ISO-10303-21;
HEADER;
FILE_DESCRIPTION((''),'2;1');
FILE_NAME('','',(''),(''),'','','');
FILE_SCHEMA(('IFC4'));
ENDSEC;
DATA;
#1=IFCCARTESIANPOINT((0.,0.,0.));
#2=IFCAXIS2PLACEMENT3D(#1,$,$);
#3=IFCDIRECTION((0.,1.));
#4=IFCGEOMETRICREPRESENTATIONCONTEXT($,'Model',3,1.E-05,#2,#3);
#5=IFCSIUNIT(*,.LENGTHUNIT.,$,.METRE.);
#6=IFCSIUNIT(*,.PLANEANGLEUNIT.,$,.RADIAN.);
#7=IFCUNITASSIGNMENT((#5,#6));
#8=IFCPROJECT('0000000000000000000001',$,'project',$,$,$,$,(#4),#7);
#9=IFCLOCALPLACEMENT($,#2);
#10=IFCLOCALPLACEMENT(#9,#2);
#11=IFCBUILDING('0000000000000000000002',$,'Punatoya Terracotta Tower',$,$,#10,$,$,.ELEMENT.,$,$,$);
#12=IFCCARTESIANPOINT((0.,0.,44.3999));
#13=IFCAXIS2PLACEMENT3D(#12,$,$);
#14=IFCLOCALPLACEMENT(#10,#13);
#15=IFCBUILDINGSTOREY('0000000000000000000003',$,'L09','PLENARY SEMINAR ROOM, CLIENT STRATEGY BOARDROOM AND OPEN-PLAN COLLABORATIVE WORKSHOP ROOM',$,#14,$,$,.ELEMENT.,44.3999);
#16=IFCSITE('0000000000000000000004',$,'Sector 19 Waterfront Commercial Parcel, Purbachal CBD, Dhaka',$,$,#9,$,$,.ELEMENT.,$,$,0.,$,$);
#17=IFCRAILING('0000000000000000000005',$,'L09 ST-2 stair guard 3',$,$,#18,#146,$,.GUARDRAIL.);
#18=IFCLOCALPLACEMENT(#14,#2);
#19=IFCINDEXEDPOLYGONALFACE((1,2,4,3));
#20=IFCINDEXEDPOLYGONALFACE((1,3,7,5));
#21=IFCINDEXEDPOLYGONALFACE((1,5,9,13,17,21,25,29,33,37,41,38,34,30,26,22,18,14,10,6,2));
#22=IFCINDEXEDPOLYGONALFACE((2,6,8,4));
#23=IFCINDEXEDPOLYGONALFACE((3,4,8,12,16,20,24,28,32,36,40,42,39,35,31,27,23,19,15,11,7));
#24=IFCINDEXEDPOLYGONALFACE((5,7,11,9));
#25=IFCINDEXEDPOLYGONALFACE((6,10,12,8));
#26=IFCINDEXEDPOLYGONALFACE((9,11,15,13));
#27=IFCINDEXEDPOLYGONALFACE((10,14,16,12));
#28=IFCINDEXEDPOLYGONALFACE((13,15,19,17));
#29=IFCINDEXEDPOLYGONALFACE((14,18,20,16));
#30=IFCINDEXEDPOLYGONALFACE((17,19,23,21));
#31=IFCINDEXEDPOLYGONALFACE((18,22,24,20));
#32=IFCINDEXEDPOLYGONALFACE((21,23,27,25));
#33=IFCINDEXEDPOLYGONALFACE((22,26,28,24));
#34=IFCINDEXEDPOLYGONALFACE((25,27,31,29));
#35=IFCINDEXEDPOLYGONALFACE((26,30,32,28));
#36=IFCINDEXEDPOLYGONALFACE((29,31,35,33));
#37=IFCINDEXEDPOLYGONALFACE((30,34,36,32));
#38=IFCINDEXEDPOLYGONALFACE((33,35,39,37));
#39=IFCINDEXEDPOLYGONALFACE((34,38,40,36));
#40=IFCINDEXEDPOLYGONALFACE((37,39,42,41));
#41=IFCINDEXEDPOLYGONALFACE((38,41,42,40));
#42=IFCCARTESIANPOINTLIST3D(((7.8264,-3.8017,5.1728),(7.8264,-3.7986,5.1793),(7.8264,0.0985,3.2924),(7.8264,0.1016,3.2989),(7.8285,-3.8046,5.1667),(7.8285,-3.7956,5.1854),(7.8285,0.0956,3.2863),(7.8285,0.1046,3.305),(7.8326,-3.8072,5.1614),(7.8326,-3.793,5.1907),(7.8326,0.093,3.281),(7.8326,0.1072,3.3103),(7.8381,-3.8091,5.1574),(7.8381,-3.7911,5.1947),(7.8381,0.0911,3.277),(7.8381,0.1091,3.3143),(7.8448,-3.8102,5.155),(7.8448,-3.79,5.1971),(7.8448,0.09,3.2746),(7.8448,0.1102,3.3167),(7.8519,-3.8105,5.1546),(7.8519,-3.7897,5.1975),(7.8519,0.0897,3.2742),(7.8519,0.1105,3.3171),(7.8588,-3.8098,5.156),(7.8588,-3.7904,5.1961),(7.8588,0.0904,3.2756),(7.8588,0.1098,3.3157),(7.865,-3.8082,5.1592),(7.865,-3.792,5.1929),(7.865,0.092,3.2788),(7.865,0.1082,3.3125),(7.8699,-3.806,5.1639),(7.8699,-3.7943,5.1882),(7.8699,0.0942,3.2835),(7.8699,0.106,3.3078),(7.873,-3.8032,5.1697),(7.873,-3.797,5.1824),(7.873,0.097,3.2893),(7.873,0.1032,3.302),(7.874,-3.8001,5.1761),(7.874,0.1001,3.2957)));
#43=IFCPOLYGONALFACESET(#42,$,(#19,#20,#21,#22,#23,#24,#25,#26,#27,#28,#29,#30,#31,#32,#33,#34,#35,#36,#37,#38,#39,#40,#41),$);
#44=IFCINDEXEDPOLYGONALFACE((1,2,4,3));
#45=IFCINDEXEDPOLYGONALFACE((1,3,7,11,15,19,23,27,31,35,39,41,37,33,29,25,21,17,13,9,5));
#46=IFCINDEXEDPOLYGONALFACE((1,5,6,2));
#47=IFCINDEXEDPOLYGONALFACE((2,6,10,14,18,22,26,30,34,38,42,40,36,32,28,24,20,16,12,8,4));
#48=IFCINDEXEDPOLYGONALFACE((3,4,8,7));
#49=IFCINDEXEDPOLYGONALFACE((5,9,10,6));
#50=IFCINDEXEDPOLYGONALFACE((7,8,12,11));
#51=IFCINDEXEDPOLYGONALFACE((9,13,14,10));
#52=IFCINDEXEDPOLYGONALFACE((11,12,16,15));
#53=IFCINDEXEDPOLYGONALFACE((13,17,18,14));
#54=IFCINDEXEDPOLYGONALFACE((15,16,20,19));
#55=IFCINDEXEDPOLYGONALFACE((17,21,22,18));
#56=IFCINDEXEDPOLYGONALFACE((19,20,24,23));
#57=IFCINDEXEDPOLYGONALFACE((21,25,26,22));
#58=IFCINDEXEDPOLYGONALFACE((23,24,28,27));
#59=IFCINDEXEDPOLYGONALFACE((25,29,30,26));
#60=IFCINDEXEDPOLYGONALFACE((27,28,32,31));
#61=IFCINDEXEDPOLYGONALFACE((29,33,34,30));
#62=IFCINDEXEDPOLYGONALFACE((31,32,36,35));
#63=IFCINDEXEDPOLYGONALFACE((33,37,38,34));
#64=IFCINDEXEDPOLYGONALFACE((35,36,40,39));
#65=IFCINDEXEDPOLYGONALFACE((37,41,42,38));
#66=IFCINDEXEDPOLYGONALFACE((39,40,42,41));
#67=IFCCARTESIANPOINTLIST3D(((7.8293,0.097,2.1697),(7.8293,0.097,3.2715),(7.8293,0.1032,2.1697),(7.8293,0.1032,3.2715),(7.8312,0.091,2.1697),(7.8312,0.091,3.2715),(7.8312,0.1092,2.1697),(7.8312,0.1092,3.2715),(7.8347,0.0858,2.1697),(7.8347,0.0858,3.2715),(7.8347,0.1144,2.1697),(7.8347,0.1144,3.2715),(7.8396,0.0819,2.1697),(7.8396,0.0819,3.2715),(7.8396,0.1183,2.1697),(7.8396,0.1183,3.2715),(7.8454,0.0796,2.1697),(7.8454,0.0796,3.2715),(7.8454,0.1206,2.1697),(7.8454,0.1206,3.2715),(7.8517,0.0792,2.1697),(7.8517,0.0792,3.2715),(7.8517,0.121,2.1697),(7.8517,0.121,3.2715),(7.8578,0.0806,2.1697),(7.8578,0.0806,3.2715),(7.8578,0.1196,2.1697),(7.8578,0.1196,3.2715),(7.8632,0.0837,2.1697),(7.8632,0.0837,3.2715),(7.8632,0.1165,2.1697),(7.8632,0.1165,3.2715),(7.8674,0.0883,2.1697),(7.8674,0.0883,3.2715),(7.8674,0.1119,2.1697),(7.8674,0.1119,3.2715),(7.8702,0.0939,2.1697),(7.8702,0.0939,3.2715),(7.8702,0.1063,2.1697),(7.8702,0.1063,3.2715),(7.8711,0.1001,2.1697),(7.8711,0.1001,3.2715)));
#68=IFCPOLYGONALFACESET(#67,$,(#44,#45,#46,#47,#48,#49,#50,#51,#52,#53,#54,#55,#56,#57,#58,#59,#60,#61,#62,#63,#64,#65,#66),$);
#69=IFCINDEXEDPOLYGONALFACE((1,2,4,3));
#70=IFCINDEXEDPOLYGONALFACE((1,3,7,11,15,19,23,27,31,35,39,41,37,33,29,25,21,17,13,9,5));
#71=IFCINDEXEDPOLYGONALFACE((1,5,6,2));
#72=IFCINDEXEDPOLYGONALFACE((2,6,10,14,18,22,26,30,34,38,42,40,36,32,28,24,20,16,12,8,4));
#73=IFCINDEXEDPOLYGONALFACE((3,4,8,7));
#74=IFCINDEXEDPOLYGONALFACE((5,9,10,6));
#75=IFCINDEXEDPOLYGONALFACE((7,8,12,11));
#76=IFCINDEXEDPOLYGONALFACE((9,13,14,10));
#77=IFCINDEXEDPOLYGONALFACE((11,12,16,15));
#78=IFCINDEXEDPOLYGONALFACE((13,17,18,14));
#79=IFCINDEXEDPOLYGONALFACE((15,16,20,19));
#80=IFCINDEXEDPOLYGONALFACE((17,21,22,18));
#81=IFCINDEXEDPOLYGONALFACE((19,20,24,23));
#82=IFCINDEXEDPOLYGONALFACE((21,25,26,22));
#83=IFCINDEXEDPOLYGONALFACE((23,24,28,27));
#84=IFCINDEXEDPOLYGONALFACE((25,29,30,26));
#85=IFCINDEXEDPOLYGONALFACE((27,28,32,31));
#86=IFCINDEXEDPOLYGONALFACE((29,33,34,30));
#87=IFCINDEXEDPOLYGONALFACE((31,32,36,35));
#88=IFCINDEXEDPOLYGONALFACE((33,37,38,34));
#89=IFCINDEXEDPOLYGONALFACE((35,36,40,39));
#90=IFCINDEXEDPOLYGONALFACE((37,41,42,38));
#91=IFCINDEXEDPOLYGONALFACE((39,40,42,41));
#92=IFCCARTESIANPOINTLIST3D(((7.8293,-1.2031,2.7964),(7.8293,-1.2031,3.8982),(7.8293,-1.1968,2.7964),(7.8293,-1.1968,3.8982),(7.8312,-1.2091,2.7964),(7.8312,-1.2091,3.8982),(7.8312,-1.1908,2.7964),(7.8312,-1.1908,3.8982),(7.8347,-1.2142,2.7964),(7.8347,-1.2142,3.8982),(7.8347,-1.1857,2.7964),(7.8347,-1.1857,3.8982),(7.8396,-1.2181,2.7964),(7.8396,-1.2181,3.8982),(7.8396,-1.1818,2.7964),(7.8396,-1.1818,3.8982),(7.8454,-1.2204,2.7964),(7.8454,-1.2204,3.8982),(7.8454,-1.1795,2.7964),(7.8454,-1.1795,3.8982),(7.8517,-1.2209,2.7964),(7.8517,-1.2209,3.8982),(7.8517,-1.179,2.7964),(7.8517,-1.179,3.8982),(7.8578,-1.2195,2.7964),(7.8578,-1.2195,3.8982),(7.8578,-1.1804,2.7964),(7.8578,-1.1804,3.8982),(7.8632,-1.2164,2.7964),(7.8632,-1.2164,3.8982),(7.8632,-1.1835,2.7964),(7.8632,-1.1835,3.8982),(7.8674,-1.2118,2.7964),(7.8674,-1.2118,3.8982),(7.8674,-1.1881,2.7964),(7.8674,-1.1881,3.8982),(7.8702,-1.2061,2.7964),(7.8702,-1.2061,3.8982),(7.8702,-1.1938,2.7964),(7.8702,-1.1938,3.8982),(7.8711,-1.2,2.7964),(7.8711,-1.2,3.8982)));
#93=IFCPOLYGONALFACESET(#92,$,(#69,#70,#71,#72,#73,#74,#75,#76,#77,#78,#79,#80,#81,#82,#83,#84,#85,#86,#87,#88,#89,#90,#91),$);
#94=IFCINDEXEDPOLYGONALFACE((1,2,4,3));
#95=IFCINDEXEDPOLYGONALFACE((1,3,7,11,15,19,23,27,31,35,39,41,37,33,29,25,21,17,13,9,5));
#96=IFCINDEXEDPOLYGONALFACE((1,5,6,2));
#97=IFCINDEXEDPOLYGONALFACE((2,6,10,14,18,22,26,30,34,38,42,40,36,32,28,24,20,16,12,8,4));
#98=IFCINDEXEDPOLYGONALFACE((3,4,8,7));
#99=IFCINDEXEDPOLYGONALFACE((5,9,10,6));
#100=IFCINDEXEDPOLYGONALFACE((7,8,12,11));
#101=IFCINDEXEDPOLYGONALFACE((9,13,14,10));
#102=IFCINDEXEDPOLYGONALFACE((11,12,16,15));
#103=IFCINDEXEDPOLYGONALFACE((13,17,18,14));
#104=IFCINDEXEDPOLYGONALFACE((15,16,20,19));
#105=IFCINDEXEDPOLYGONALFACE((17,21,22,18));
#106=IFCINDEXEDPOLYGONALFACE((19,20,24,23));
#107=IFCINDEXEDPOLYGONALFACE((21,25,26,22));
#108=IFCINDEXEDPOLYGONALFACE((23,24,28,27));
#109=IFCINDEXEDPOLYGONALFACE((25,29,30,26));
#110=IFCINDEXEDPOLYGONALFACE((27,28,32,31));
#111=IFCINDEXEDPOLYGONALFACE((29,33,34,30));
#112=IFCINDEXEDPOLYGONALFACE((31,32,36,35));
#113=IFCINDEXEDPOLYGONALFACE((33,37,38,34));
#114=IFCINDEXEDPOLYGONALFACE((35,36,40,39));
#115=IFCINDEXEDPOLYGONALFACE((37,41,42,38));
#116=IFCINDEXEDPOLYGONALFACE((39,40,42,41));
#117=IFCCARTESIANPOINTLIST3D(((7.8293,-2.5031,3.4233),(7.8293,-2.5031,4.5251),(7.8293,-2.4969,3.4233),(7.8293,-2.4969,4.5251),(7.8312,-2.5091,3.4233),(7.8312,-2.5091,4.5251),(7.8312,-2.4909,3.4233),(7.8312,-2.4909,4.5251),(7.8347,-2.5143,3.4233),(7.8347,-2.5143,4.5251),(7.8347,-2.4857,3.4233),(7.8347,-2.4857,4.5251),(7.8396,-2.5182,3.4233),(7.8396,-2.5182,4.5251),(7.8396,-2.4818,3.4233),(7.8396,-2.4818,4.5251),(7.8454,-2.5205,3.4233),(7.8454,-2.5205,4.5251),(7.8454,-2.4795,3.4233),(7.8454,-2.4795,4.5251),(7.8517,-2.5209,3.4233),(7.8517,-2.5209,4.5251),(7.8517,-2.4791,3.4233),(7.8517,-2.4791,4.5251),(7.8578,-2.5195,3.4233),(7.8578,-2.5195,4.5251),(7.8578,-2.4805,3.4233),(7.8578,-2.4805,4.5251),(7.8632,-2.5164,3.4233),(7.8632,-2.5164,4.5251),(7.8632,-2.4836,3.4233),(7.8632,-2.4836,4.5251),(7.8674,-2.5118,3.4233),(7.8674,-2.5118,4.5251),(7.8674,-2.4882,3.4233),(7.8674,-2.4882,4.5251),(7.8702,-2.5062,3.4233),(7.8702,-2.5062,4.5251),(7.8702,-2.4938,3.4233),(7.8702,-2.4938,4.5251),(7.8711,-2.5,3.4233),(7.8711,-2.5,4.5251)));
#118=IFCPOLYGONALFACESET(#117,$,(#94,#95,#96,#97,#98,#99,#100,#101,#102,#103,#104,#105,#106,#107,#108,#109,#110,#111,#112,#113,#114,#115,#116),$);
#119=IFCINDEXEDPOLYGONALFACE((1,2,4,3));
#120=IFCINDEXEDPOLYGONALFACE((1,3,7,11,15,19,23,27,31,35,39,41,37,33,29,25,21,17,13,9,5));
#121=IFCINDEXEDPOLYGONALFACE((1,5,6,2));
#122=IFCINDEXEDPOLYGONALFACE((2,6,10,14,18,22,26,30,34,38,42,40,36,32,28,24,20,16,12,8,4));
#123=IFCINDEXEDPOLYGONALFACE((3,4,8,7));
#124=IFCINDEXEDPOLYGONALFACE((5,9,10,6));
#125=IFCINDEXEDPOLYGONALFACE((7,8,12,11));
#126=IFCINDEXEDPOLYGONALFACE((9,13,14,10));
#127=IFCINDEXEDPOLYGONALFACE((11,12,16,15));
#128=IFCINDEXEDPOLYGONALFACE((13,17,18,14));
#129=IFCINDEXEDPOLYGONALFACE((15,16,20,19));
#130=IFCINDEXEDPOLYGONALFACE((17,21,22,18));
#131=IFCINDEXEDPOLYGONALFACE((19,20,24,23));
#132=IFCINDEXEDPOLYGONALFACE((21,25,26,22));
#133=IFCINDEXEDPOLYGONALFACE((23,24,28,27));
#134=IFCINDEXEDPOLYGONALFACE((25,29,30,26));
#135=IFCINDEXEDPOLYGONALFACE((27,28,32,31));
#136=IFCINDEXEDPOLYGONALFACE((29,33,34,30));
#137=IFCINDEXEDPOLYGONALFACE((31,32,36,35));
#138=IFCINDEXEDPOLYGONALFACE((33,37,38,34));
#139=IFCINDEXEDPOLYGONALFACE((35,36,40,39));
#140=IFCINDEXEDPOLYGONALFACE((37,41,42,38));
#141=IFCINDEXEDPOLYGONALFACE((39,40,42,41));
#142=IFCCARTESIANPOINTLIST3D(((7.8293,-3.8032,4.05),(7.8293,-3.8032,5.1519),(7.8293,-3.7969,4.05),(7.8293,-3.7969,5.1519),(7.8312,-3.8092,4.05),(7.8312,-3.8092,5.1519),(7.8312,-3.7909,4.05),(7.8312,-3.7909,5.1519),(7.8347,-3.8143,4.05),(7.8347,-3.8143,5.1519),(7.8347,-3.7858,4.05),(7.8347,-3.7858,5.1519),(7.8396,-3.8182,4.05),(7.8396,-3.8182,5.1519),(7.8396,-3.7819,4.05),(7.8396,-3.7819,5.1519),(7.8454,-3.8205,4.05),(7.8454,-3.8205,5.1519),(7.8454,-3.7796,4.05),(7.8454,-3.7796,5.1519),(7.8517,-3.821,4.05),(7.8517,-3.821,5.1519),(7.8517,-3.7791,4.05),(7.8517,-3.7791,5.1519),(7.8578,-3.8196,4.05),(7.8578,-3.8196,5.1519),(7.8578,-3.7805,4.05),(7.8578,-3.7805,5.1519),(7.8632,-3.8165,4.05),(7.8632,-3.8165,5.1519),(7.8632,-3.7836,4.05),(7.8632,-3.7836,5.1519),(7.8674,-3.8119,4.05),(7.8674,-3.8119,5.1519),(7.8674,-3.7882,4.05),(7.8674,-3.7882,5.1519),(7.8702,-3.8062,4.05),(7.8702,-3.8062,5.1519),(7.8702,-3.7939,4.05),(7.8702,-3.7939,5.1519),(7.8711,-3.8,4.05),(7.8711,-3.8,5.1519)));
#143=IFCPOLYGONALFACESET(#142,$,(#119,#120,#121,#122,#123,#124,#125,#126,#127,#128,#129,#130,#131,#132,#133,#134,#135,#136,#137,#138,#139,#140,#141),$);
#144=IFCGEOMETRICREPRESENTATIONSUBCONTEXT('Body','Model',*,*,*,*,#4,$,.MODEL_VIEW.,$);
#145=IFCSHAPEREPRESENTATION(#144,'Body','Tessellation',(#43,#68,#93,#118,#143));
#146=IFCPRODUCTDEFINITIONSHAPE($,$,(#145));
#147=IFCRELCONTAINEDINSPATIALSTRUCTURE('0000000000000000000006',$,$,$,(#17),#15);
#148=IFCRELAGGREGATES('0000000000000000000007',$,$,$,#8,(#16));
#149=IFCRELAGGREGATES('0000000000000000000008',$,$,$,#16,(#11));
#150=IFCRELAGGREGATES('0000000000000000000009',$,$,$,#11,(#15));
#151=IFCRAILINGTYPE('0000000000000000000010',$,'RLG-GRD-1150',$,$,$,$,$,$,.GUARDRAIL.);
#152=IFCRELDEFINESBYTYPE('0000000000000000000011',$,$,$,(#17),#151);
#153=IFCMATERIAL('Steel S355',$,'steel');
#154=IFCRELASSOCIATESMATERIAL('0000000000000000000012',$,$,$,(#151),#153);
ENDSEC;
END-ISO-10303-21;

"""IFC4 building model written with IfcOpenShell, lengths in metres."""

from ifc_helpers import new_model, si_unit, direction, frame, origin, origin_2d, place, context, subcontext, project, spatial, circle, extrude, material, type_object, element, save


model = new_model("IFC4")

# Units and contexts
model_context = context("Model", 3, precision=1e-05, world=origin(), true_north=direction((0.0, 1.0)))
body_context = subcontext(model_context, "Body", "Model", "MODEL_VIEW")
ifc_project = project(units=[si_unit("LENGTHUNIT", "METRE"), si_unit("PLANEANGLEUNIT", "RADIAN")], contexts=[model_context])

# Site, building, storey
site_placement = place(None, origin())
site = spatial("IfcSite", under=ifc_project, at=site_placement, Name="Sector 19 Waterfront Commercial Parcel, Purbachal CBD, Dhaka", CompositionType="ELEMENT", RefElevation=0.0)
building_placement = place(site_placement, origin())
building = spatial("IfcBuilding", under=site, at=building_placement, Name="Punatoya Terracotta Tower", CompositionType="ELEMENT")
storey_placement = place(building_placement, frame((0.0, 0.0, 44.3999)))
storey = spatial("IfcBuildingStorey", under=building, at=storey_placement, Name="L09", Description="PLENARY SEMINAR ROOM, CLIENT STRATEGY BOARDROOM AND OPEN-PLAN COLLABORATIVE WORKSHOP ROOM", CompositionType="ELEMENT", Elevation=44.3999)

# Shared definitions
ifc_material_1 = material(Name="Steel S355", Category="steel")

# Railing
railing_type_1 = type_object("IfcRailingType", Name="RLG-GRD-1150", PredefinedType="GUARDRAIL", material=ifc_material_1)
railing_1_placement = place(storey_placement, frame((7.8501, 0.1001, 2.1697)))
element("IfcRailing", 1, at=railing_1_placement, inside=storey, type_object=railing_type_1, Name="L09 ST-2 stair guard 3", PredefinedType="GUARDRAIL", context=body_context, shape_type="SweptSolid", body=[
    extrude(circle(Radius=0.0239, at=origin_2d()), frame((0.0, 0.0, 1.126), z_axis=(0.0, -0.900774, 0.434289), x_axis=(1.0, 0.0, 0.0)), (0.0, 0.0, 1.0), 4.3298),
    extrude(circle(Radius=0.021, at=origin_2d()), origin(), (0.0, 0.0, 1.0), 1.1018),
    extrude(circle(Radius=0.021, at=origin_2d()), frame((0.0, -1.3, 0.6267)), (0.0, 0.0, 1.0), 1.1018),
    extrude(circle(Radius=0.021, at=origin_2d()), frame((0.0, -2.6001, 1.2537)), (0.0, 0.0, 1.0), 1.1018),
    extrude(circle(Radius=0.021, at=origin_2d()), frame((0.0, -3.9001, 1.8804)), (0.0, 0.0, 1.0), 1.1018),
])

save(model, "model.ifc")
